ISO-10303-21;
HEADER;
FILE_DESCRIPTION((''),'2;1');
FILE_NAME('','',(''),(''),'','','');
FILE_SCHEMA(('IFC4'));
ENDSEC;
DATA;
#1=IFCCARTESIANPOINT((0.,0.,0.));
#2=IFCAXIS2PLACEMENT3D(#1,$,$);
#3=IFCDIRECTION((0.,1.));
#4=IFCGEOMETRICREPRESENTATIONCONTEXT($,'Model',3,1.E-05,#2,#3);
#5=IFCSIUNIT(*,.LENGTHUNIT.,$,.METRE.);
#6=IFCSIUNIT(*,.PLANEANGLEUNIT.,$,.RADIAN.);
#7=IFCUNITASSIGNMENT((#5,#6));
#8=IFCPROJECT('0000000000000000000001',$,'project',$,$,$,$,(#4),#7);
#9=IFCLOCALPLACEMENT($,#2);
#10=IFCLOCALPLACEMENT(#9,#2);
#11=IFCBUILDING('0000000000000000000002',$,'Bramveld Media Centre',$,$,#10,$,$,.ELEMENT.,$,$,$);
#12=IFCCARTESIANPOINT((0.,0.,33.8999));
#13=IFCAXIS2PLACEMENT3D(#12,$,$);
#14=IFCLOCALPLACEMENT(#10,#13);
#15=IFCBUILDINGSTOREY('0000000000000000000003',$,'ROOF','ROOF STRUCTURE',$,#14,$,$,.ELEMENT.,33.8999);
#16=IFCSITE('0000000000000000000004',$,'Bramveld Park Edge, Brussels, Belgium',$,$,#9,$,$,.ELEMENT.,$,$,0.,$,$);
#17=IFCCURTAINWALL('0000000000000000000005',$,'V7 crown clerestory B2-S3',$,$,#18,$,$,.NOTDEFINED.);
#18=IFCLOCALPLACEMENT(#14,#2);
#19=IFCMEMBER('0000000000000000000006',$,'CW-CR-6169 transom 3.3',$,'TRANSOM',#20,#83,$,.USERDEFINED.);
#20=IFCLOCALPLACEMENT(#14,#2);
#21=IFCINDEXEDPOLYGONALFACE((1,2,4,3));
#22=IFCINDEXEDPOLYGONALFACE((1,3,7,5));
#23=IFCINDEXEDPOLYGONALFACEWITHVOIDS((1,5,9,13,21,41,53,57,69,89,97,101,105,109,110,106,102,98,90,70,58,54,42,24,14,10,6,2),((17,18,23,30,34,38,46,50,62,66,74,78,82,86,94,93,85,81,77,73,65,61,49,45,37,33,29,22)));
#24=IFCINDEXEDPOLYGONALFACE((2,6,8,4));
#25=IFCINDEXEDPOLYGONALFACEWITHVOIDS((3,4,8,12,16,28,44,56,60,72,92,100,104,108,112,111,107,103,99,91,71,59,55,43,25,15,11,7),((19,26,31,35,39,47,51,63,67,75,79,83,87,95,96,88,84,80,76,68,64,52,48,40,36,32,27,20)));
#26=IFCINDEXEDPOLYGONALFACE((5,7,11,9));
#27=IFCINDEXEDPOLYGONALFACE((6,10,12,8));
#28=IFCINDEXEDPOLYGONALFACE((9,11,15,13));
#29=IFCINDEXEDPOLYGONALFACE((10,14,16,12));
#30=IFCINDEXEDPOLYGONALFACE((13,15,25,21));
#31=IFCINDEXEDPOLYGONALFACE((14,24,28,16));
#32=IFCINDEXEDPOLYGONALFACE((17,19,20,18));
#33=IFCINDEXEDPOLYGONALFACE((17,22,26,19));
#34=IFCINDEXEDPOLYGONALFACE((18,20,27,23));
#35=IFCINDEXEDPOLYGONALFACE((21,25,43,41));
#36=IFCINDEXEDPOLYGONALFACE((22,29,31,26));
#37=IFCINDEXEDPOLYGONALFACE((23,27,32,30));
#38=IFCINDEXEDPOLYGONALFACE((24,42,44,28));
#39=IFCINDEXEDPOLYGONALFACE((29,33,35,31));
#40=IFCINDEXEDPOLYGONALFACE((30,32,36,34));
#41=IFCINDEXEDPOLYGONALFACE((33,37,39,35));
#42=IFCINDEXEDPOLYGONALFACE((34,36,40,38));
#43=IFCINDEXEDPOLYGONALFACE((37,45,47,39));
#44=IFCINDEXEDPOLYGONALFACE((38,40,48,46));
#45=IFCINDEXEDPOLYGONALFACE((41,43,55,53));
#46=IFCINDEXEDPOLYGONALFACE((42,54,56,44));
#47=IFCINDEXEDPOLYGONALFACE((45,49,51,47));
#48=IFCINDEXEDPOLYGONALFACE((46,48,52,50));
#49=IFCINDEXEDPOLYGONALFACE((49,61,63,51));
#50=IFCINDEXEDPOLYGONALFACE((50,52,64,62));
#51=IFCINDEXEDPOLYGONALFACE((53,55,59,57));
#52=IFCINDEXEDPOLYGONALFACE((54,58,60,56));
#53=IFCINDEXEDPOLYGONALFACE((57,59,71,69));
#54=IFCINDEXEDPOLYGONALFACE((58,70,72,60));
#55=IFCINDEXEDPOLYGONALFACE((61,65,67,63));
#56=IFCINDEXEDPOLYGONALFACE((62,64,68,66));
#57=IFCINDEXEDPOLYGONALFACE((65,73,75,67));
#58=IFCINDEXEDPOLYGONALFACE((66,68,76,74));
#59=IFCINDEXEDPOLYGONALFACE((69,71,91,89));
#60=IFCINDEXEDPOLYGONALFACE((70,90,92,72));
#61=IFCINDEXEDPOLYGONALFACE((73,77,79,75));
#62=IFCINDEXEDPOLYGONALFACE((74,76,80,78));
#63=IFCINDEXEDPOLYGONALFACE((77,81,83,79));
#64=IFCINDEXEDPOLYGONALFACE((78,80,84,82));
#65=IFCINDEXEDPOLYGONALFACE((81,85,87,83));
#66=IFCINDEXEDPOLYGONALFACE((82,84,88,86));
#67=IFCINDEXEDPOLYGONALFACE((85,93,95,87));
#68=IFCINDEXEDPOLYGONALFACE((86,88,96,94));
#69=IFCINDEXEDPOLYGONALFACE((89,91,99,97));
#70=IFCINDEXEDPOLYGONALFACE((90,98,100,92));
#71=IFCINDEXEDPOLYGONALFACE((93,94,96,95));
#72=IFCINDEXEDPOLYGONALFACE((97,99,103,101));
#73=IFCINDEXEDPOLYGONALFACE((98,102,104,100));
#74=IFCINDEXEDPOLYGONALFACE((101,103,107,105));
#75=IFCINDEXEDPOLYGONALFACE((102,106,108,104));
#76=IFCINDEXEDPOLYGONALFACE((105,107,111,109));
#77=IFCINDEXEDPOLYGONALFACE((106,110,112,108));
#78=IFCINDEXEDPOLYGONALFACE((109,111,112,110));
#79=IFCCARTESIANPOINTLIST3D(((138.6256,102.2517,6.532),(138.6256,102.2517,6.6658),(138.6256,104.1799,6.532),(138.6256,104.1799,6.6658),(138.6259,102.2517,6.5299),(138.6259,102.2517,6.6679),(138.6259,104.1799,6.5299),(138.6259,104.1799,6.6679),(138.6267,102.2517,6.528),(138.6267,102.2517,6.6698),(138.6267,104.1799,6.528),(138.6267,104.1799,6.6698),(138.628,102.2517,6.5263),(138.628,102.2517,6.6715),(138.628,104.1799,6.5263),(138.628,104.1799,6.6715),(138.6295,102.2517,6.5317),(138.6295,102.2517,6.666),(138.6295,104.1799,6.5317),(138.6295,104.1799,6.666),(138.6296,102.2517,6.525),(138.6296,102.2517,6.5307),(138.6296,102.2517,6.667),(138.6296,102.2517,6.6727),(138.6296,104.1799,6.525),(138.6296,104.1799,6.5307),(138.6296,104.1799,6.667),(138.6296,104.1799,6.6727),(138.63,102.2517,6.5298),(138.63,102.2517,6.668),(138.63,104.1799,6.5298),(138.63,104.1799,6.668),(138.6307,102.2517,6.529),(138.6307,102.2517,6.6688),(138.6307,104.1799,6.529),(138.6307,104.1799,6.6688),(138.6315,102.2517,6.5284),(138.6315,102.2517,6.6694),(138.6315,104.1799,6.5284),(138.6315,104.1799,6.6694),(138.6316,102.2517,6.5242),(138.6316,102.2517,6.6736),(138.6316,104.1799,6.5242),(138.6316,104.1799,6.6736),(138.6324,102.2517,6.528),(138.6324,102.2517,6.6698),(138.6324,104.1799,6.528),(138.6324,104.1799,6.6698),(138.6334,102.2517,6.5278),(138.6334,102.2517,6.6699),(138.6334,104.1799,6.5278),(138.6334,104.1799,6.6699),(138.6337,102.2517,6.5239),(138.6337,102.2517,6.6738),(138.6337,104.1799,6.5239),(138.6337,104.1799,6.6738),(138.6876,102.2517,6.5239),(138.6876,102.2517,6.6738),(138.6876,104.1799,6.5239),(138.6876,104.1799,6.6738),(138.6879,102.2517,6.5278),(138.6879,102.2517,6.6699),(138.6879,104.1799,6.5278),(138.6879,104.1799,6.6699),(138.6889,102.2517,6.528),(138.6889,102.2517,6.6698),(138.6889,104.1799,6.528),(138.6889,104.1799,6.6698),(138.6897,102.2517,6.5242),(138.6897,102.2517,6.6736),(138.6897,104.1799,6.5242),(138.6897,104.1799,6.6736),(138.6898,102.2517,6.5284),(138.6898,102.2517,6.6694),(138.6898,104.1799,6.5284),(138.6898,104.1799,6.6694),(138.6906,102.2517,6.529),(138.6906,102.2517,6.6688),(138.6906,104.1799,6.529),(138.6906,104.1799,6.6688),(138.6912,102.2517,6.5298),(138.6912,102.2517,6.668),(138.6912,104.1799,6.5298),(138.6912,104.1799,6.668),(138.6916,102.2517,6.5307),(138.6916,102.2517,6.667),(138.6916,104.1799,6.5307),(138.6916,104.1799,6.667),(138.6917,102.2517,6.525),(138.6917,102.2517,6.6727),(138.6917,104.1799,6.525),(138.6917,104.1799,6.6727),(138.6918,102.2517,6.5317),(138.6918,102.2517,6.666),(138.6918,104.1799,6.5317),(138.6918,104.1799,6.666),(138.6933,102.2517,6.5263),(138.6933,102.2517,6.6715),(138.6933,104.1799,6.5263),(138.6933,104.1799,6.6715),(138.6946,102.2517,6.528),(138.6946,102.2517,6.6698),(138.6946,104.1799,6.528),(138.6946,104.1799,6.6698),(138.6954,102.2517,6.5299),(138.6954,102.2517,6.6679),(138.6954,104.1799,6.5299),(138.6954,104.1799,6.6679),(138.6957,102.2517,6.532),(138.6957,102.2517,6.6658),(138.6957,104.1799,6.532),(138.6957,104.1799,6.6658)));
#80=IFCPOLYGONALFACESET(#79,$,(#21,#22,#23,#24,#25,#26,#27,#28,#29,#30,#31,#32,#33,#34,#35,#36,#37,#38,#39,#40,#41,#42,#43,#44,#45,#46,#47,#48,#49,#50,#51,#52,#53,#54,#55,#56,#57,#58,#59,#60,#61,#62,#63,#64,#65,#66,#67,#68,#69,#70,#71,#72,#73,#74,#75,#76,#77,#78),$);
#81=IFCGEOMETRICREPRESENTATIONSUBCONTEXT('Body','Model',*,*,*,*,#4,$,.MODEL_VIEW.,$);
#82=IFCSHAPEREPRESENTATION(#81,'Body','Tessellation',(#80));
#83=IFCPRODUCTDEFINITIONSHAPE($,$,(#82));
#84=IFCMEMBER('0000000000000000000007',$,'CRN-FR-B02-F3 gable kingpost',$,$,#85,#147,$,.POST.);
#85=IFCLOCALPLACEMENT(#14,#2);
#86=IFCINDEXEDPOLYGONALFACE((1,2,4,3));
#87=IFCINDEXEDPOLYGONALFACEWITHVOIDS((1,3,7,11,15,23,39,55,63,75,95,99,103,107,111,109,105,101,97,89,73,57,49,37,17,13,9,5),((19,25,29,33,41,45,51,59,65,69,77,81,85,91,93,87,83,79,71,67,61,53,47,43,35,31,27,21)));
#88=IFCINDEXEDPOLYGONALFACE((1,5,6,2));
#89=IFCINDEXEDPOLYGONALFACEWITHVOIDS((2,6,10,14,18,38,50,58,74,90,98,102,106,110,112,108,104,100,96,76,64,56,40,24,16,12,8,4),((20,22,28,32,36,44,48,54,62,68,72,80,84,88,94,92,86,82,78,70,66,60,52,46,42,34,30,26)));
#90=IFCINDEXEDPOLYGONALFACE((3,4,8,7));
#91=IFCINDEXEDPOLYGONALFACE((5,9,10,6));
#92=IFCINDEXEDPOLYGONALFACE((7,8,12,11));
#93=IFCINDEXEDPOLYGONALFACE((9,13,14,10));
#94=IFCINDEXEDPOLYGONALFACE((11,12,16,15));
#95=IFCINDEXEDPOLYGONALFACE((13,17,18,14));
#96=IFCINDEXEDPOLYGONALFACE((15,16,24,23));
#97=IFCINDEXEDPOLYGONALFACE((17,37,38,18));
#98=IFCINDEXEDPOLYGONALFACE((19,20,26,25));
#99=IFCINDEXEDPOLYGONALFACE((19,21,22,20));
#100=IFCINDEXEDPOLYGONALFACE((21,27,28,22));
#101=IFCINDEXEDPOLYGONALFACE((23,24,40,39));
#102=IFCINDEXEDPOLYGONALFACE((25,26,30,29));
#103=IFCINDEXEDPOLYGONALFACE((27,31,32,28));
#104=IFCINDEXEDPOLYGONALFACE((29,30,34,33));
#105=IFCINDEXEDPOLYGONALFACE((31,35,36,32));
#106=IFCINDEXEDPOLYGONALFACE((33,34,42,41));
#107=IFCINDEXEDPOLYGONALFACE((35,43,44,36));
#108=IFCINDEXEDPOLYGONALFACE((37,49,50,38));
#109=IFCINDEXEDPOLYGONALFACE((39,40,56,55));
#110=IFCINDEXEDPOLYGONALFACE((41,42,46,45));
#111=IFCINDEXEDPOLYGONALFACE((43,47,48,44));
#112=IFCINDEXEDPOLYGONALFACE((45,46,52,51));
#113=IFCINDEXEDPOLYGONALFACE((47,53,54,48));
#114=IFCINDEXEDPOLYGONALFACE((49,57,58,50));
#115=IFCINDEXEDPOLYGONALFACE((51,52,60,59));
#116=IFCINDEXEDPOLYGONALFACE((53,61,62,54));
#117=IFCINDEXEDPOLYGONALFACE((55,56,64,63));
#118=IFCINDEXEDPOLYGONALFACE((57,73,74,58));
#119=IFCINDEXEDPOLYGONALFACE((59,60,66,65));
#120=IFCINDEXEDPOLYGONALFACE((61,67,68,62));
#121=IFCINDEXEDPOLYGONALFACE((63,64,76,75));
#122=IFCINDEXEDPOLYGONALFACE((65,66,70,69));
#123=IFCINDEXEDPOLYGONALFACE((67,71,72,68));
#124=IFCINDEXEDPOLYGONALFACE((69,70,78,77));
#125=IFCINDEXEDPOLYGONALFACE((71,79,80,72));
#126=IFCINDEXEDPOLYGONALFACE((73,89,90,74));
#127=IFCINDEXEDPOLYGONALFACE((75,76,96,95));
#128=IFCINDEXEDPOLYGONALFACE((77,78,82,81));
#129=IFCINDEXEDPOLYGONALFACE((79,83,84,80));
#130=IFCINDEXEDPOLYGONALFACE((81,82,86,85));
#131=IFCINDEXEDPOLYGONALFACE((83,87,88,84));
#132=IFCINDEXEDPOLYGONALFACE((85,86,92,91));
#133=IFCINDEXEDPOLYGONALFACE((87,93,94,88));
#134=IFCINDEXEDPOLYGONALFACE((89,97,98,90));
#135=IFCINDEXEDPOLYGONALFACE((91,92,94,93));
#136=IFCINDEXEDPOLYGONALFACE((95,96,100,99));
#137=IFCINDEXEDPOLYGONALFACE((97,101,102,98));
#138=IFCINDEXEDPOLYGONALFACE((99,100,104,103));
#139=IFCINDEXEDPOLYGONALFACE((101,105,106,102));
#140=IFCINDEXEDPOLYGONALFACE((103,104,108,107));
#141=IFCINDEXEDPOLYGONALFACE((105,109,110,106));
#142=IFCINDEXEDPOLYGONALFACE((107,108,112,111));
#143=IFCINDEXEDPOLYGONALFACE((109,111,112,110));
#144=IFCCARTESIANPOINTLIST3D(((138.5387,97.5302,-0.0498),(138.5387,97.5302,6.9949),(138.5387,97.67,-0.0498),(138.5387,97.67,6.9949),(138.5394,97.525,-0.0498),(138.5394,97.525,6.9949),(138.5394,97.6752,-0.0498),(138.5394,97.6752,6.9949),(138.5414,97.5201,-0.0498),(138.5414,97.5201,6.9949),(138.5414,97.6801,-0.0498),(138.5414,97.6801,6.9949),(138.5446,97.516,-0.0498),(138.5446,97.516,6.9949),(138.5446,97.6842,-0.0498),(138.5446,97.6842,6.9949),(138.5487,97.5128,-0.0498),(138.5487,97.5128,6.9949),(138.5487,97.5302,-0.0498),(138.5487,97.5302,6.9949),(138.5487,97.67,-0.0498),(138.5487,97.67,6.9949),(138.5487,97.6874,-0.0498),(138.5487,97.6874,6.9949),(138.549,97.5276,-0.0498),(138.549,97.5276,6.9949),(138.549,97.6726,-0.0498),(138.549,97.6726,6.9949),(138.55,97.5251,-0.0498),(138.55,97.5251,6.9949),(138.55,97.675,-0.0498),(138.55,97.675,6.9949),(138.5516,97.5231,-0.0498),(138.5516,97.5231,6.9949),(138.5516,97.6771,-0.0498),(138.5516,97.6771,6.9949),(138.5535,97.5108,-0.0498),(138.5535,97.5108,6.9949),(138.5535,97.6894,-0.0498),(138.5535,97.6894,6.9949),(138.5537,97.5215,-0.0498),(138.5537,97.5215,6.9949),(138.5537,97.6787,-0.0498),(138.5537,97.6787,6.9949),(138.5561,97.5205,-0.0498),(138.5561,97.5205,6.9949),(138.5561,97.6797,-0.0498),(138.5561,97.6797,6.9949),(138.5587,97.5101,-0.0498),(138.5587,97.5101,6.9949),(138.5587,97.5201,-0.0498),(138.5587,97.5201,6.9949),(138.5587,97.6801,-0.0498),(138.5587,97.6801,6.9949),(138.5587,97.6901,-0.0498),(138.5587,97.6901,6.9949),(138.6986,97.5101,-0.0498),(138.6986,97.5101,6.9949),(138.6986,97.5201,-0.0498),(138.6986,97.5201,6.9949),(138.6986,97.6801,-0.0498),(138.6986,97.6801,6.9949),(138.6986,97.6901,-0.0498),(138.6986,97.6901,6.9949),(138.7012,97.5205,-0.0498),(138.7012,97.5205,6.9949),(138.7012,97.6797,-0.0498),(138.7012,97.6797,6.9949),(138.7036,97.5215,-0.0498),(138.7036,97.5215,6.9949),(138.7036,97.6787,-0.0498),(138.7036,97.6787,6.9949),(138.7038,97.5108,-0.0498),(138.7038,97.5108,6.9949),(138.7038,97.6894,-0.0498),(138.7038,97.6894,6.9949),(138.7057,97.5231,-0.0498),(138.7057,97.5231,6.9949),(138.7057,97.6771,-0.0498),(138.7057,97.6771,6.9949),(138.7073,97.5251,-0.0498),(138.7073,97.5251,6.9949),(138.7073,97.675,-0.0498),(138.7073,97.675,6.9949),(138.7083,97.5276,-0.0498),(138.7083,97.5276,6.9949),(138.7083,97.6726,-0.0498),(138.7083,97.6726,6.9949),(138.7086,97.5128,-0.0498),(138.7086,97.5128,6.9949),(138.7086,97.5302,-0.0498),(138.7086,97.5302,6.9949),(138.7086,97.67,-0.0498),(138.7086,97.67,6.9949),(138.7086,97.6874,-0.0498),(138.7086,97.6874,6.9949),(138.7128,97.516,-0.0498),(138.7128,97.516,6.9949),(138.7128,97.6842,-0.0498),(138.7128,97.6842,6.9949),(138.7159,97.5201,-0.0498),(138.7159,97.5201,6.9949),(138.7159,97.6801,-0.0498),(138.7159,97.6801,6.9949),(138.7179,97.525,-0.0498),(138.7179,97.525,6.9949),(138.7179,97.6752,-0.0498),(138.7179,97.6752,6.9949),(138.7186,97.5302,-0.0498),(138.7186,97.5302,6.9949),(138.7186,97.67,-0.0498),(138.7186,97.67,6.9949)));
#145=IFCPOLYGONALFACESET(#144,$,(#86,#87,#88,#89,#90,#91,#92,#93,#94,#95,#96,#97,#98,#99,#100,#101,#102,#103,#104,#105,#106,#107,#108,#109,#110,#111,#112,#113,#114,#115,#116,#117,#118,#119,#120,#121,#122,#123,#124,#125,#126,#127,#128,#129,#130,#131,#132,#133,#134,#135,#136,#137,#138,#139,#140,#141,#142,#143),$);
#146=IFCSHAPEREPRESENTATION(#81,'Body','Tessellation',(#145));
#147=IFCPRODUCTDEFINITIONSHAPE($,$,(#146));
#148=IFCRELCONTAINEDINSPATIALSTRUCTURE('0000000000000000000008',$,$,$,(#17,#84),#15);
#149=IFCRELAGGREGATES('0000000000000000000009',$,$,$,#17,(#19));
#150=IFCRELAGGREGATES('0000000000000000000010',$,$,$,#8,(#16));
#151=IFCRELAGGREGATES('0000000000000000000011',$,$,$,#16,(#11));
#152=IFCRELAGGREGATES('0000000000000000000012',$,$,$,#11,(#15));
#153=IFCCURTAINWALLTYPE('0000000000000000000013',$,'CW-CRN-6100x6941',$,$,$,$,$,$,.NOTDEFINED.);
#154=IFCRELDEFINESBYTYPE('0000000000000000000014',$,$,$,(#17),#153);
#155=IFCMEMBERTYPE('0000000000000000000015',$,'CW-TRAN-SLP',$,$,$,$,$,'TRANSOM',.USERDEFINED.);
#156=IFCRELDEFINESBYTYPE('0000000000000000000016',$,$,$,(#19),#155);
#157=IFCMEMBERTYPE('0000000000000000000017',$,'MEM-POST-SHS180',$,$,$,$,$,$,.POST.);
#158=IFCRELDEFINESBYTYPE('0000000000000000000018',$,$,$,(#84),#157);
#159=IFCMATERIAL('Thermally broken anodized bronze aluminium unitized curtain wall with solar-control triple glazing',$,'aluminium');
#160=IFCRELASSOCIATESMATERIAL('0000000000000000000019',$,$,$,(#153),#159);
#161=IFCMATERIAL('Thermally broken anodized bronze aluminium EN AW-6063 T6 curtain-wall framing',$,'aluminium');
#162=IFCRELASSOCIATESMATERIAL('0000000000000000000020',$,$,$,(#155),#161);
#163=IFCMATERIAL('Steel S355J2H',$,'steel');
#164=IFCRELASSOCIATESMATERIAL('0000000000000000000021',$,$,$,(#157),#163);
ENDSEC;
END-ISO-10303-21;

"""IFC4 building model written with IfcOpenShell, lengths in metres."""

from ifc_helpers import new_model, si_unit, direction, frame, origin, origin_2d, place, context, subcontext, project, spatial, hollow_rectangle, extrude, material, material_profile, profile_set, type_object, element, aggregate, save


model = new_model("IFC4")

# Units and contexts
model_context = context("Model", 3, precision=1e-05, world=origin(), true_north=direction((0.0, 1.0)))
body_context = subcontext(model_context, "Body", "Model", "MODEL_VIEW")
ifc_project = project(units=[si_unit("LENGTHUNIT", "METRE"), si_unit("PLANEANGLEUNIT", "RADIAN")], contexts=[model_context])

# Site, building, storey
site_placement = place(None, origin())
site = spatial("IfcSite", under=ifc_project, at=site_placement, Name="Bramveld Park Edge, Brussels, Belgium", CompositionType="ELEMENT", RefElevation=0.0)
building_placement = place(site_placement, origin())
building = spatial("IfcBuilding", under=site, at=building_placement, Name="Bramveld Media Centre", CompositionType="ELEMENT")
storey_placement = place(building_placement, frame((0.0, 0.0, 33.8999)))
storey = spatial("IfcBuildingStorey", under=building, at=storey_placement, Name="ROOF", Description="ROOF STRUCTURE", CompositionType="ELEMENT", Elevation=33.8999)

# Curtain wall, member
ifc_material_1 = material(Name="Thermally broken anodized bronze aluminium unitized curtain wall with solar-control triple glazing", Category="aluminium")
curtain_wall_type = type_object("IfcCurtainWallType", Name="CW-CRN-6100x6941", PredefinedType="NOTDEFINED", material=ifc_material_1)
curtain_wall_placement = place(storey_placement, origin())
curtain_wall = element("IfcCurtainWall", 1, at=curtain_wall_placement, inside=storey, type_object=curtain_wall_type, Name="V7 crown clerestory B2-S3", PredefinedType="NOTDEFINED")
ifc_material_2 = material(Name="Thermally broken anodized bronze aluminium EN AW-6063 T6 curtain-wall framing", Category="aluminium")
ifc_material_profile_1 = material_profile(ifc_material_2, hollow_rectangle(XDim=0.0701, YDim=0.1499, WallThickness=0.0039, InnerFilletRadius=0.0039, OuterFilletRadius=0.0081, at=origin_2d()), Name="AL-TRAN 70x150")
ifc_profile_set_1 = profile_set([ifc_material_profile_1], Name="Thermally broken anodized bronze aluminium EN AW-6063 T6 curtain-wall framing")
member_type_1 = type_object("IfcMemberType", Name="CW-TRAN-SLP", ElementType="TRANSOM", PredefinedType="USERDEFINED", material=ifc_profile_set_1)
member_1_placement = place(storey_placement, frame((138.6606, 102.2517, 6.5989), z_axis=(0.0, 1.0, 0.0), x_axis=(-1.0, 0.0, 0.0)))
member_1 = element("IfcMember", 2, at=member_1_placement, type_object=member_type_1, Name="CW-CR-6169 transom 3.3", ObjectType="TRANSOM", PredefinedType="USERDEFINED", context=body_context, shape_type="SweptSolid", body=[
    extrude(hollow_rectangle(XDim=0.0701, YDim=0.1499, WallThickness=0.0039, InnerFilletRadius=0.0039, OuterFilletRadius=0.0081, at=origin_2d()), origin(), (0.0, 0.0, 1.0), 1.9282),
])

# Member
ifc_material_3 = material(Name="Steel S355J2H", Category="steel")
ifc_material_profile_2 = material_profile(ifc_material_3, hollow_rectangle(XDim=0.1799, YDim=0.1799, WallThickness=0.01, InnerFilletRadius=0.01, OuterFilletRadius=0.02, at=origin_2d()), Name="SHS 180x180x10")
ifc_profile_set_2 = profile_set([ifc_material_profile_2], Name="Steel S355J2H")
member_type_2 = type_object("IfcMemberType", Name="MEM-POST-SHS180", PredefinedType="POST", material=ifc_profile_set_2)
member_2_placement = place(storey_placement, frame((138.6287, 97.6001, -0.0498), z_axis=(0.0, 0.0, 1.0), x_axis=(1.0, 0.0, 0.0)))
element("IfcMember", 3, at=member_2_placement, inside=storey, type_object=member_type_2, Name="CRN-FR-B02-F3 gable kingpost", PredefinedType="POST", context=body_context, shape_type="SweptSolid", body=[
    extrude(hollow_rectangle(XDim=0.1799, YDim=0.1799, WallThickness=0.01, InnerFilletRadius=0.01, OuterFilletRadius=0.02, at=origin_2d()), origin(), (0.0, 0.0, 1.0), 7.0447),
])

aggregate(curtain_wall, [member_1])

save(model, "model.ifc")
